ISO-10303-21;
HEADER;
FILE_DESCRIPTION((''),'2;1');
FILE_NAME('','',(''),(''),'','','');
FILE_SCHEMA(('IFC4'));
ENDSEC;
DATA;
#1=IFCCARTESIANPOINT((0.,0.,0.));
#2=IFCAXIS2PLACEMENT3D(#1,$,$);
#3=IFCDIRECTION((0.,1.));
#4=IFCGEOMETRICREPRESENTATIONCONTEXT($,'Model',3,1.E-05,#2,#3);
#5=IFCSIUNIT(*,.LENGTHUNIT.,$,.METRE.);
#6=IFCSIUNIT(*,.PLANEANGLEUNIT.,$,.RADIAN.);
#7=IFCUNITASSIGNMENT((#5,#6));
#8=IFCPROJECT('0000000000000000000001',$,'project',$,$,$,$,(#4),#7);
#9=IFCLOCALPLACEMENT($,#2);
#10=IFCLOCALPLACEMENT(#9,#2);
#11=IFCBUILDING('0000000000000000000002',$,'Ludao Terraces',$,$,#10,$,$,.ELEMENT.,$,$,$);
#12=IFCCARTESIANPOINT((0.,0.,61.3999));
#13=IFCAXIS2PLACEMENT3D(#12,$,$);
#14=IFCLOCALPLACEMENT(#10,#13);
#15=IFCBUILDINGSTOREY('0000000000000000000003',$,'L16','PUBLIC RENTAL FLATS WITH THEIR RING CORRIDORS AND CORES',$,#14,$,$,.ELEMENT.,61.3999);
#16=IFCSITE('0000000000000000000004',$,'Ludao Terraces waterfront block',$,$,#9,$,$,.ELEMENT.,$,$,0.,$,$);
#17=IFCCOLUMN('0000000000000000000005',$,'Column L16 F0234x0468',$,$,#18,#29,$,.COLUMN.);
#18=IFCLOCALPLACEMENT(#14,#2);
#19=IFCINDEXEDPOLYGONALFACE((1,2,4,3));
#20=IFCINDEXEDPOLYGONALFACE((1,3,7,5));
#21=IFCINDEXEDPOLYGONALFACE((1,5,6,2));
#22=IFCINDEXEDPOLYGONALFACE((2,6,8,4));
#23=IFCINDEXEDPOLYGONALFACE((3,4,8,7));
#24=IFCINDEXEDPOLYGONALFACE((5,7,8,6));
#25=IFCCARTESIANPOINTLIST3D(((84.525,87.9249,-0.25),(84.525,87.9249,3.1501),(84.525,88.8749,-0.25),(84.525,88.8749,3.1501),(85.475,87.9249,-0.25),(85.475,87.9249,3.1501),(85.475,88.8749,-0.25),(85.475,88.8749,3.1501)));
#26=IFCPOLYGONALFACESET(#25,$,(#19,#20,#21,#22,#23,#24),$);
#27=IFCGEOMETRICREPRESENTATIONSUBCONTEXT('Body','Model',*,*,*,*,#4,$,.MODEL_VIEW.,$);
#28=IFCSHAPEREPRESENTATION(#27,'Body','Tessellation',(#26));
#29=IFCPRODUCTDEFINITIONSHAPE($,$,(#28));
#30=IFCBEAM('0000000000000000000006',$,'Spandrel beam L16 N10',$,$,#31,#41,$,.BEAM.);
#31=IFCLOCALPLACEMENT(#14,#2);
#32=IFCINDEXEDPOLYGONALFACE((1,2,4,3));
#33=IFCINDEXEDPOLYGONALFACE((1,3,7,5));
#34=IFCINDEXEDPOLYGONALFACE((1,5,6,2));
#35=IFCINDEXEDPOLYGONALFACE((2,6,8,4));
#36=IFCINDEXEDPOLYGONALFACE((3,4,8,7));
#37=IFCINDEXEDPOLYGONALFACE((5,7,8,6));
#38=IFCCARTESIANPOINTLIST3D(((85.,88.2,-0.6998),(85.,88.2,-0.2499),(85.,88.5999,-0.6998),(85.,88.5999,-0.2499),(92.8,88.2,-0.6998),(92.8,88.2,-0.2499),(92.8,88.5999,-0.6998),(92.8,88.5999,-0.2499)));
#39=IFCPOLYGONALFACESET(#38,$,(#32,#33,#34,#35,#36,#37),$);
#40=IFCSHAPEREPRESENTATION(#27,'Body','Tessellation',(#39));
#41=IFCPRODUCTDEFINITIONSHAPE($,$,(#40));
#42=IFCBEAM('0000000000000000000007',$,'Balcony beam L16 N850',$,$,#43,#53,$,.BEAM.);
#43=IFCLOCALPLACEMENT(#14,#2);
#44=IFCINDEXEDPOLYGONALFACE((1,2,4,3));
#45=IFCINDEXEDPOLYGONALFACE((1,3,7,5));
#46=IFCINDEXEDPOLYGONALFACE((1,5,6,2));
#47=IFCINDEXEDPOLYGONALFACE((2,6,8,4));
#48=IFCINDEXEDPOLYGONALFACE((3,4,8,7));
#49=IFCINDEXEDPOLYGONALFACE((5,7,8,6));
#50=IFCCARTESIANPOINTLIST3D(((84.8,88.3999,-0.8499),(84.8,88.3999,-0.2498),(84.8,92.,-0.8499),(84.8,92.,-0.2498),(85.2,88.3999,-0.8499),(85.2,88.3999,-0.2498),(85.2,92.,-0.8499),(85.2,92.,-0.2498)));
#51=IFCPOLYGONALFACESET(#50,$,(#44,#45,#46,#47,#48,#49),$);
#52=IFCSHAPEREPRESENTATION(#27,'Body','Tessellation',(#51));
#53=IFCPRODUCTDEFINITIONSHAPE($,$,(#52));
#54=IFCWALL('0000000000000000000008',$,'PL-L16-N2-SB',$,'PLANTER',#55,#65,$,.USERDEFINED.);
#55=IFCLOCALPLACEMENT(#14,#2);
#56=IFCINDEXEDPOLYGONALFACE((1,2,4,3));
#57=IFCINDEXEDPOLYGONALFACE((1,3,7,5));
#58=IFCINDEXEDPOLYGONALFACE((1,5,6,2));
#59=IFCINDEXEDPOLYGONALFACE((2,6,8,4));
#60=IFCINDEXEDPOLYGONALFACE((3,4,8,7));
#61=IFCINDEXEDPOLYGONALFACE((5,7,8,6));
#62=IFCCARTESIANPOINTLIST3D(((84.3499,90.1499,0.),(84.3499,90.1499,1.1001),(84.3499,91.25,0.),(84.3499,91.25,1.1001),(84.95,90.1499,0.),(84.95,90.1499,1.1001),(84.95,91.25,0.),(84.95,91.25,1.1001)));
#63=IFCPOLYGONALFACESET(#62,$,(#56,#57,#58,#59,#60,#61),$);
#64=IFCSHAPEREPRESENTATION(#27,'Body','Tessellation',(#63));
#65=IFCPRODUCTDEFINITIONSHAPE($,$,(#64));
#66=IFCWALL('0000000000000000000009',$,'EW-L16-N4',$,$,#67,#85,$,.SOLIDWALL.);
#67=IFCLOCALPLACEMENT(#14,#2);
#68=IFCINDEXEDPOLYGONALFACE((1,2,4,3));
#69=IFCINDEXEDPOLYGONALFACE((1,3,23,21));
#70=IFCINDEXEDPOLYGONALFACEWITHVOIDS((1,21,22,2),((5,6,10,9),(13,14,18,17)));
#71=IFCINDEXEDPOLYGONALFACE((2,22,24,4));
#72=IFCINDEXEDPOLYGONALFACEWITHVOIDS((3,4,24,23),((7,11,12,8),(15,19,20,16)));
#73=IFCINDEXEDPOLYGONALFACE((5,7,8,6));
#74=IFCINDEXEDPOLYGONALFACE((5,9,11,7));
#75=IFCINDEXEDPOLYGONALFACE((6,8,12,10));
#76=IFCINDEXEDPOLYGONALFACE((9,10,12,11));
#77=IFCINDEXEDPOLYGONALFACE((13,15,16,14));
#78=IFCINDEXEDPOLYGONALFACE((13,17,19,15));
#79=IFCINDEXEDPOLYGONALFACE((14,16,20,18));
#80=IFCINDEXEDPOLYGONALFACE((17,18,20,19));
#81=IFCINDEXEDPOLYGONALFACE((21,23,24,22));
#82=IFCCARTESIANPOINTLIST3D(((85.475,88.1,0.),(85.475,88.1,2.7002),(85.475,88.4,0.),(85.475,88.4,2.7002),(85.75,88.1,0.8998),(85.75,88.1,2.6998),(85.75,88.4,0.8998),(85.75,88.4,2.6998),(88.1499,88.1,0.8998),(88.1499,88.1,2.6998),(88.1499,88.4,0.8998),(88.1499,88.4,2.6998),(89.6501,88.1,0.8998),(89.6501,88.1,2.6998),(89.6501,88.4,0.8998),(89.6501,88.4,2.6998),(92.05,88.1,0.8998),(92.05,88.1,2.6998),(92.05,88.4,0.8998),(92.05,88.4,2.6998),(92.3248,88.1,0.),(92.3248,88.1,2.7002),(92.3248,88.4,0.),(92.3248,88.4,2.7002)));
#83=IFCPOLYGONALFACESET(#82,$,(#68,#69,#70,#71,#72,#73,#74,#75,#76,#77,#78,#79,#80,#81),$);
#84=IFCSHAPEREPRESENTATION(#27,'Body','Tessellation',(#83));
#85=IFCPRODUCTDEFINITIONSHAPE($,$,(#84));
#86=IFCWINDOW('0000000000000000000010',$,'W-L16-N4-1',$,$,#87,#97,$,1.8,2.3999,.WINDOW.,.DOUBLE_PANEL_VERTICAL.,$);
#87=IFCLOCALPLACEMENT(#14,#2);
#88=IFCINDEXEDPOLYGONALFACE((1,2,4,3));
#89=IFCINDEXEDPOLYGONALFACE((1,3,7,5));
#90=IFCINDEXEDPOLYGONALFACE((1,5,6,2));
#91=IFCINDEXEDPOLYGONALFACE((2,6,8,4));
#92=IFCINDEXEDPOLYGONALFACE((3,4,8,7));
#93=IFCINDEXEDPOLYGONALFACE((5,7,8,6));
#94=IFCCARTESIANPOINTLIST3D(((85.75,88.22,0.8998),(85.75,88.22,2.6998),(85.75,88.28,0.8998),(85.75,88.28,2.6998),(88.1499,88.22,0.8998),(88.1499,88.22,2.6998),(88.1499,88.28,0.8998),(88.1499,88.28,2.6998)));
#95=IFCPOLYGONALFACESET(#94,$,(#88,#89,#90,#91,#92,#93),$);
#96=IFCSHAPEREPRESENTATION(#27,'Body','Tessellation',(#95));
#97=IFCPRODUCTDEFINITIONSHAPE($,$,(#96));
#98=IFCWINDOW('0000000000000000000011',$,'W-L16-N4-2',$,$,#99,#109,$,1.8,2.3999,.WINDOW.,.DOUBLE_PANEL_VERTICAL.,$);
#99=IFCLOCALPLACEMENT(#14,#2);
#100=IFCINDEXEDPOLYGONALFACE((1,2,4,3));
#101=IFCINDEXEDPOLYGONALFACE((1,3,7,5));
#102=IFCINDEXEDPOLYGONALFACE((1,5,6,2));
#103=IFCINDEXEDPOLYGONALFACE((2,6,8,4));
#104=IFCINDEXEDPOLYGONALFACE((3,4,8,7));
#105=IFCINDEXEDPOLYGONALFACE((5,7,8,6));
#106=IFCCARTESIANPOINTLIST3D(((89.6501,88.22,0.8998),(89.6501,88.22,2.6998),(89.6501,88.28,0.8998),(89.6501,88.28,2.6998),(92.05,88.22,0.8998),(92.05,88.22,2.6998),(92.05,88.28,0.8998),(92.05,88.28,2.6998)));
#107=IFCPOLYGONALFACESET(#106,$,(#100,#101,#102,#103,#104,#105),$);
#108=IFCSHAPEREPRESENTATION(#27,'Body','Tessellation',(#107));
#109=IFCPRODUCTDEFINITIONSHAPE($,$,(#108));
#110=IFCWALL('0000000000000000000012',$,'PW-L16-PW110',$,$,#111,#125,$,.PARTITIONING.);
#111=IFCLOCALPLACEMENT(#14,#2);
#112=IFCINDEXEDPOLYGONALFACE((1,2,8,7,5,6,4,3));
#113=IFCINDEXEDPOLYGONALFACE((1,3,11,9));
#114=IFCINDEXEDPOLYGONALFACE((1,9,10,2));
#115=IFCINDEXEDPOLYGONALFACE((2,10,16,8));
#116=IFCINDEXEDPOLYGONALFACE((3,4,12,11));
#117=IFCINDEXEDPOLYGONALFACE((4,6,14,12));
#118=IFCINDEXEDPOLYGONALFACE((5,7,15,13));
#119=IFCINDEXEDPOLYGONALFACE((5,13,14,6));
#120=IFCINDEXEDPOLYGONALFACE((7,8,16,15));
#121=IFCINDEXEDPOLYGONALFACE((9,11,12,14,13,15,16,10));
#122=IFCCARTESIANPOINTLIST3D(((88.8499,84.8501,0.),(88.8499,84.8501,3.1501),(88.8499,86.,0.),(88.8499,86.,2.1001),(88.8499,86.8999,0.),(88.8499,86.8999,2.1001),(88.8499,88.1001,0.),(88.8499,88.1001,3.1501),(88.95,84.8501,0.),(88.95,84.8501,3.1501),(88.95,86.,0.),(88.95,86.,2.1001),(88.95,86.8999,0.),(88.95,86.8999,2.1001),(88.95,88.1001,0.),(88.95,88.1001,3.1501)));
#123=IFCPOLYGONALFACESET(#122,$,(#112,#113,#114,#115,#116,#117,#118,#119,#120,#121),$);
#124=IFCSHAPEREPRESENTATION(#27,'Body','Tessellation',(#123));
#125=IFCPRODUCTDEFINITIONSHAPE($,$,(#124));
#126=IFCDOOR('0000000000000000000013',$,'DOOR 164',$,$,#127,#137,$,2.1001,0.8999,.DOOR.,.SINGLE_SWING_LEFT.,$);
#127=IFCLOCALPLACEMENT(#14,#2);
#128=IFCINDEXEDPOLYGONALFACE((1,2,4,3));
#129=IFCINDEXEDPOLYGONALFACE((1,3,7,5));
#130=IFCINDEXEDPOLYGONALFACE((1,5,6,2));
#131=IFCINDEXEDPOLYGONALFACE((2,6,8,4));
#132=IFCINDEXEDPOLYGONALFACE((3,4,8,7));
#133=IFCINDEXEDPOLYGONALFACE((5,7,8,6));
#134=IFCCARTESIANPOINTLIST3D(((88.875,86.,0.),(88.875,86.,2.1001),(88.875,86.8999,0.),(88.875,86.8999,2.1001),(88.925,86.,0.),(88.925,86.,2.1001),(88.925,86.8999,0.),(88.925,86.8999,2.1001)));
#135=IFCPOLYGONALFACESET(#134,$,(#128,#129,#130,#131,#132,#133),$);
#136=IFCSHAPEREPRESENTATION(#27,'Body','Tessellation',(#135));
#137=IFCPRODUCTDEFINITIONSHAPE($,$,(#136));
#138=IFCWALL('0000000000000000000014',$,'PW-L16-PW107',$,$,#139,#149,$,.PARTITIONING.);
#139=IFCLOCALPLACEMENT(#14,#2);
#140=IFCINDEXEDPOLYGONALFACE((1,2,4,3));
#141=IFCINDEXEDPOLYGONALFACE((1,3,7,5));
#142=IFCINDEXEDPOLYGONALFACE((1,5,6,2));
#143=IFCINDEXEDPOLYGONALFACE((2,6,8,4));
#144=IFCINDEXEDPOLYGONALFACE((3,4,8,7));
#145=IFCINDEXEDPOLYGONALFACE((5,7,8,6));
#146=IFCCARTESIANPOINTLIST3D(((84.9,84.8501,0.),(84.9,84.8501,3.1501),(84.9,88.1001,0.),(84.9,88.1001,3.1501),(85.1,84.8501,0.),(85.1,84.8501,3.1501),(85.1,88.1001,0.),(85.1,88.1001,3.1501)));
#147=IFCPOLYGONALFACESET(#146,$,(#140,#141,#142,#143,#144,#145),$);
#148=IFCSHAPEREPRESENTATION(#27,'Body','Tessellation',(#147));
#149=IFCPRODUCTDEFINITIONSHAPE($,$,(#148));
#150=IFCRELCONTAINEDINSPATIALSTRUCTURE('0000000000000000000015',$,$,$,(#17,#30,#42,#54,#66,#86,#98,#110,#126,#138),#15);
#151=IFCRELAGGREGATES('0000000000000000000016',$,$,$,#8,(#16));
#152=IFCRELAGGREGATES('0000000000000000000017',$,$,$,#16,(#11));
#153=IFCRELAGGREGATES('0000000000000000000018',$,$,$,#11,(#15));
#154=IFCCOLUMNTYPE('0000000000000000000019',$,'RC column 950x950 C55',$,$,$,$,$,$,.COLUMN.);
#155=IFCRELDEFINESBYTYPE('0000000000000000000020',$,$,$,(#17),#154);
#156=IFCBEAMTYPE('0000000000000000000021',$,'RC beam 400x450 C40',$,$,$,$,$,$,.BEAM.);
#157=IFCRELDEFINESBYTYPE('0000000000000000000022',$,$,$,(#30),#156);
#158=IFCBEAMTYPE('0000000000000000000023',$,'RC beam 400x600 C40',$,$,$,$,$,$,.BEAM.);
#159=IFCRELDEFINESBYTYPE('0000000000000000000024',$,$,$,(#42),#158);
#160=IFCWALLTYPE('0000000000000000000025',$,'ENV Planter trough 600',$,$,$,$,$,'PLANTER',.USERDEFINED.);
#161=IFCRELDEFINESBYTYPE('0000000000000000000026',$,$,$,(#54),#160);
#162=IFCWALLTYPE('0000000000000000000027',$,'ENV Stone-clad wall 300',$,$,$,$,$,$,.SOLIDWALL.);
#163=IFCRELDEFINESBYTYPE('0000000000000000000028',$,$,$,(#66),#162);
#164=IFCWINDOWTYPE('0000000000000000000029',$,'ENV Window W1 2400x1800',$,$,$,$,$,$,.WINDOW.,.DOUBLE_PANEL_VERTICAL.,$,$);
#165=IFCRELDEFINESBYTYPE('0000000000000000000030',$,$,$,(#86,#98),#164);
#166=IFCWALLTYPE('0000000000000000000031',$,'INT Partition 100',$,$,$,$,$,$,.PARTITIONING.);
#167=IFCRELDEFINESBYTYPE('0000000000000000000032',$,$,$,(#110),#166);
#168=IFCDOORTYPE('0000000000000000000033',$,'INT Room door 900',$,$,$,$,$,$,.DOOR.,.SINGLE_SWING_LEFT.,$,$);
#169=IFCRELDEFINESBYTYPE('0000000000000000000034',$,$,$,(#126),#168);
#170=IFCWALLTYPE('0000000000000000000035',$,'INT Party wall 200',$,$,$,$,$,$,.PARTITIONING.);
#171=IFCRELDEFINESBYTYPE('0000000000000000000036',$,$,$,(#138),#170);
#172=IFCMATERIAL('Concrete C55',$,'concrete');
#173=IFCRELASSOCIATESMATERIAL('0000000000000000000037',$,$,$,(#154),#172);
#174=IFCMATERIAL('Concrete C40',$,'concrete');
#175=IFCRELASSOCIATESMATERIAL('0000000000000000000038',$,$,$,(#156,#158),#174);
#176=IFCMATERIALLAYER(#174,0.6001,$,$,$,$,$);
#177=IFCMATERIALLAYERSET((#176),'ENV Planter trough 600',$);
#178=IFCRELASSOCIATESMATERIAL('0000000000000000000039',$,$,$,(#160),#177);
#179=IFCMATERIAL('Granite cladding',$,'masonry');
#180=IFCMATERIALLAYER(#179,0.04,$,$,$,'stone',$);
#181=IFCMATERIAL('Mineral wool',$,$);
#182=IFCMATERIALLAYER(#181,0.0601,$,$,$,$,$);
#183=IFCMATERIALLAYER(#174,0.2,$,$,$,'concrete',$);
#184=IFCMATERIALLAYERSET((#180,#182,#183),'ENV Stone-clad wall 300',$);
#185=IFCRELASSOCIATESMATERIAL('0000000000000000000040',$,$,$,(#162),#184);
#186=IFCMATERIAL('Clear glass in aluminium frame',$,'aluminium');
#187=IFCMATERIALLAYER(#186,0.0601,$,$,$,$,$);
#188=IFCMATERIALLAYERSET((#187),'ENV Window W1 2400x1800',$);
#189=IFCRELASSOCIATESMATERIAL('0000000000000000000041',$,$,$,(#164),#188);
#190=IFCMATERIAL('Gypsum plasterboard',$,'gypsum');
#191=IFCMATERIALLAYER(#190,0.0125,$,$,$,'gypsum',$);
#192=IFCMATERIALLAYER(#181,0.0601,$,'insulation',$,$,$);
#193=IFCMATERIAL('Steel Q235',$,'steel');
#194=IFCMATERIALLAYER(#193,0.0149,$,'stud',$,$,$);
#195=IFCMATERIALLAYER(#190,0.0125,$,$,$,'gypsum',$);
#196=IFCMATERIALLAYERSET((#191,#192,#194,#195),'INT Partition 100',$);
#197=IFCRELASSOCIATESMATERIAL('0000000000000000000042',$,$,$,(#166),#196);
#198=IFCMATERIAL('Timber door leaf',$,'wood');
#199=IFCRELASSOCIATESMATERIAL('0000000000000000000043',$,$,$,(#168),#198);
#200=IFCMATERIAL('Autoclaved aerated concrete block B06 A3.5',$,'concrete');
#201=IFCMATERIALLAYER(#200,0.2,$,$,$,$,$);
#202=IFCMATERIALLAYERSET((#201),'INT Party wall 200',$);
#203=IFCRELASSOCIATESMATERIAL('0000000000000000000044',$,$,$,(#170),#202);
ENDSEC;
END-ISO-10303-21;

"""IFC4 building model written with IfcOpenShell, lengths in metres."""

from ifc_helpers import new_model, si_unit, direction, frame, frame_2d, origin, origin_2d, place, context, subcontext, project, spatial, rectangle, extrude, material, layer, layer_set, material_profile, profile_set, type_object, element, fill, save


model = new_model("IFC4")

# Units and contexts
model_context = context("Model", 3, precision=1e-05, world=origin(), true_north=direction((0.0, 1.0)))
body_context = subcontext(model_context, "Body", "Model", "MODEL_VIEW")
ifc_project = project(units=[si_unit("LENGTHUNIT", "METRE"), si_unit("PLANEANGLEUNIT", "RADIAN")], contexts=[model_context])

# Site, building, storey
site_placement = place(None, origin())
site = spatial("IfcSite", under=ifc_project, at=site_placement, Name="Ludao Terraces waterfront block", CompositionType="ELEMENT", RefElevation=0.0)
building_placement = place(site_placement, origin())
building = spatial("IfcBuilding", under=site, at=building_placement, Name="Ludao Terraces", CompositionType="ELEMENT")
storey_placement = place(building_placement, frame((0.0, 0.0, 61.3999)))
storey = spatial("IfcBuildingStorey", under=building, at=storey_placement, Name="L16", Description="PUBLIC RENTAL FLATS WITH THEIR RING CORRIDORS AND CORES", CompositionType="ELEMENT", Elevation=61.3999)

# Column
ifc_material_1 = material(Name="Concrete C55", Category="concrete")
ifc_material_profile_1 = material_profile(ifc_material_1, rectangle(XDim=0.95, YDim=0.95, at=origin_2d()), Name="950 X 950")
ifc_profile_set_1 = profile_set([ifc_material_profile_1], Name="Concrete C55")
column_type = type_object("IfcColumnType", Name="RC column 950x950 C55", PredefinedType="COLUMN", material=ifc_profile_set_1)
column_placement = place(storey_placement, frame((85.0, 88.3999, -0.25), z_axis=(0.0, 0.0, 1.0), x_axis=(1.0, 0.0, 0.0)))
element("IfcColumn", 1, at=column_placement, inside=storey, type_object=column_type, Name="Column L16 F0234x0468", PredefinedType="COLUMN", context=body_context, shape_type="SweptSolid", body=[
    extrude(rectangle(XDim=0.95, YDim=0.95, at=origin_2d()), origin(), (0.0, 0.0, 1.0), 3.4001),
])

# Beams
ifc_material_2 = material(Name="Concrete C40", Category="concrete")
ifc_material_profile_2 = material_profile(ifc_material_2, rectangle(XDim=0.3999, YDim=0.45, at=origin_2d()), Name="400 X 450")
ifc_profile_set_2 = profile_set([ifc_material_profile_2], Name="Concrete C40")
beam_type_1 = type_object("IfcBeamType", Name="RC beam 400x450 C40", PredefinedType="BEAM", material=ifc_profile_set_2)
beam_1_placement = place(storey_placement, frame((85.0, 88.3999, -0.4749), z_axis=(1.0, 0.0, 0.0), x_axis=(0.0, 1.0, 0.0)))
element("IfcBeam", 2, at=beam_1_placement, inside=storey, type_object=beam_type_1, Name="Spandrel beam L16 N10", PredefinedType="BEAM", context=body_context, shape_type="SweptSolid", body=[
    extrude(rectangle(XDim=0.3999, YDim=0.45, at=origin_2d()), origin(), (0.0, 0.0, 1.0), 7.8),
])
ifc_material_profile_3 = material_profile(ifc_material_2, rectangle(XDim=0.3999, YDim=0.6001, at=origin_2d()), Name="400 X 600")
ifc_profile_set_3 = profile_set([ifc_material_profile_3], Name="Concrete C40")
beam_type_2 = type_object("IfcBeamType", Name="RC beam 400x600 C40", PredefinedType="BEAM", material=ifc_profile_set_3)
beam_2_placement = place(storey_placement, frame((85.0, 88.3999, -0.5498), z_axis=(0.0, 1.0, 0.0), x_axis=(-1.0, 0.0, 0.0)))
element("IfcBeam", 3, at=beam_2_placement, inside=storey, type_object=beam_type_2, Name="Balcony beam L16 N850", PredefinedType="BEAM", context=body_context, shape_type="SweptSolid", body=[
    extrude(rectangle(XDim=0.3999, YDim=0.6001, at=origin_2d()), origin(), (0.0, 0.0, 1.0), 3.6001),
])

# Wall
ifc_layer_1 = layer(ifc_material_2, 0.6001)
ifc_layer_set_1 = layer_set([ifc_layer_1], Name="ENV Planter trough 600")
wall_type_1 = type_object("IfcWallType", Name="ENV Planter trough 600", ElementType="PLANTER", PredefinedType="USERDEFINED", material=ifc_layer_set_1)
wall_1_placement = place(storey_placement, frame((84.6499, 91.25, 0.0), z_axis=(0.0, 0.0, 1.0), x_axis=(0.0, -1.0, 0.0)))
element("IfcWall", 4, at=wall_1_placement, inside=storey, type_object=wall_type_1, Name="PL-L16-N2-SB", ObjectType="PLANTER", PredefinedType="USERDEFINED", context=body_context, shape_type="SweptSolid", body=[
    extrude(rectangle(XDim=1.1001, YDim=0.6001, at=frame_2d((0.55, 0.0))), origin(), (0.0, 0.0, 1.0), 1.1001),
])

# Wall, openings, windows
ifc_material_3 = material(Name="Granite cladding", Category="masonry")
ifc_layer_2 = layer(ifc_material_3, 0.04, Category="stone")
ifc_material_4 = material(Name="Mineral wool")
ifc_layer_3 = layer(ifc_material_4, 0.0601)
ifc_layer_4 = layer(ifc_material_2, 0.2, Category="concrete")
ifc_layer_set_2 = layer_set([ifc_layer_2, ifc_layer_3, ifc_layer_4], Name="ENV Stone-clad wall 300")
wall_type_2 = type_object("IfcWallType", Name="ENV Stone-clad wall 300", PredefinedType="SOLIDWALL", material=ifc_layer_set_2)
wall_2_placement = place(storey_placement, frame((85.4751, 88.25, 0.0), z_axis=(0.0, 0.0, 1.0), x_axis=(1.0, 0.0, 0.0)))
wall_2 = element("IfcWall", 5, at=wall_2_placement, inside=storey, type_object=wall_type_2, Name="EW-L16-N4", PredefinedType="SOLIDWALL", context=body_context, shape_type="SweptSolid", body=[
    extrude(rectangle(XDim=6.8499, YDim=0.3, at=frame_2d((3.4248, 0.0))), origin(), (0.0, 0.0, 1.0), 2.7002),
])
opening_1_placement = place(wall_2_placement, frame((0.2749, 0.0, 0.8999)))
opening_1 = element("IfcOpeningElement", 6, at=opening_1_placement, cuts=wall_2, PredefinedType="OPENING", context=body_context, shape_type="SweptSolid", body=[
    extrude(rectangle(XDim=2.3999, YDim=1.8, at=frame_2d((1.2, 0.8999))), frame((0.0, 0.1602, 0.0), z_axis=(0.0, -1.0, 0.0), x_axis=(1.0, 0.0, 0.0)), (0.0, 0.0, 1.0), 0.3201),
])
opening_2_placement = place(wall_2_placement, frame((4.175, 0.0, 0.8999)))
opening_2 = element("IfcOpeningElement", 7, at=opening_2_placement, cuts=wall_2, PredefinedType="OPENING", context=body_context, shape_type="SweptSolid", body=[
    extrude(rectangle(XDim=2.3999, YDim=1.8, at=frame_2d((1.2, 0.8999))), frame((0.0, 0.1602, 0.0), z_axis=(0.0, -1.0, 0.0), x_axis=(1.0, 0.0, 0.0)), (0.0, 0.0, 1.0), 0.3201),
])
ifc_material_5 = material(Name="Clear glass in aluminium frame", Category="aluminium")
ifc_layer_5 = layer(ifc_material_5, 0.0601)
ifc_layer_set_3 = layer_set([ifc_layer_5], Name="ENV Window W1 2400x1800")
window_type = type_object("IfcWindowType", Name="ENV Window W1 2400x1800", PartitioningType="DOUBLE_PANEL_VERTICAL", PredefinedType="WINDOW", material=ifc_layer_set_3)
window_1_placement = place(opening_1_placement, origin())
window_1 = element("IfcWindow", 8, at=window_1_placement, inside=storey, type_object=window_type, Name="W-L16-N4-1", OverallHeight=1.8, OverallWidth=2.3999, PartitioningType="DOUBLE_PANEL_VERTICAL", PredefinedType="WINDOW", context=body_context, shape_type="SweptSolid", body=[
    extrude(rectangle(XDim=2.3999, YDim=1.8, at=frame_2d((1.2, 0.8999))), frame((0.0, 0.03, 0.0), z_axis=(0.0, -1.0, 0.0), x_axis=(1.0, 0.0, 0.0)), (0.0, 0.0, 1.0), 0.0601),
])
fill(opening_1, window_1)
window_2_placement = place(opening_2_placement, origin())
window_2 = element("IfcWindow", 9, at=window_2_placement, inside=storey, type_object=window_type, Name="W-L16-N4-2", OverallHeight=1.8, OverallWidth=2.3999, PartitioningType="DOUBLE_PANEL_VERTICAL", PredefinedType="WINDOW", context=body_context, shape_type="SweptSolid", body=[
    extrude(rectangle(XDim=2.3999, YDim=1.8, at=frame_2d((1.2, 0.8999))), frame((0.0, 0.03, 0.0), z_axis=(0.0, -1.0, 0.0), x_axis=(1.0, 0.0, 0.0)), (0.0, 0.0, 1.0), 0.0601),
])
fill(opening_2, window_2)

# Wall, opening, door
ifc_material_6 = material(Name="Gypsum plasterboard", Category="gypsum")
ifc_layer_6 = layer(ifc_material_6, 0.0125, Category="gypsum")
ifc_layer_7 = layer(ifc_material_4, 0.0601, Name="insulation")
ifc_material_7 = material(Name="Steel Q235", Category="steel")
ifc_layer_8 = layer(ifc_material_7, 0.0149, Name="stud")
ifc_layer_9 = layer(ifc_material_6, 0.0125, Category="gypsum")
ifc_layer_set_4 = layer_set([ifc_layer_6, ifc_layer_7, ifc_layer_8, ifc_layer_9], Name="INT Partition 100")
wall_type_3 = type_object("IfcWallType", Name="INT Partition 100", PredefinedType="PARTITIONING", material=ifc_layer_set_4)
wall_3_placement = place(storey_placement, frame((88.8999, 84.8501, 0.0), z_axis=(0.0, 0.0, 1.0), x_axis=(0.0, 1.0, 0.0)))
wall_3 = element("IfcWall", 10, at=wall_3_placement, inside=storey, type_object=wall_type_3, Name="PW-L16-PW110", PredefinedType="PARTITIONING", context=body_context, shape_type="SweptSolid", body=[
    extrude(rectangle(XDim=3.25, YDim=0.1001, at=frame_2d((1.625, 0.0))), origin(), (0.0, 0.0, 1.0), 3.1501),
])
opening_3_placement = place(wall_3_placement, frame((1.1499, 0.0, 0.0)))
opening_3 = element("IfcOpeningElement", 11, at=opening_3_placement, cuts=wall_3, PredefinedType="OPENING", context=body_context, shape_type="SweptSolid", body=[
    extrude(rectangle(XDim=0.8999, YDim=2.1001, at=frame_2d((0.45, 1.05))), frame((0.0, 0.0601, 0.0), z_axis=(0.0, -1.0, 0.0), x_axis=(1.0, 0.0, 0.0)), (0.0, 0.0, 1.0), 0.1201),
])
ifc_material_8 = material(Name="Timber door leaf", Category="wood")
door_type_1 = type_object("IfcDoorType", Name="INT Room door 900", OperationType="SINGLE_SWING_LEFT", PredefinedType="DOOR", material=ifc_material_8)
door_1_placement = place(opening_3_placement, origin())
door_1 = element("IfcDoor", 12, at=door_1_placement, inside=storey, type_object=door_type_1, Name="DOOR 164", OperationType="SINGLE_SWING_LEFT", OverallHeight=2.1001, OverallWidth=0.8999, PredefinedType="DOOR", context=body_context, shape_type="SweptSolid", body=[
    extrude(rectangle(XDim=0.8999, YDim=2.1001, at=frame_2d((0.45, 1.05))), frame((0.0, 0.0249, 0.0), z_axis=(0.0, -1.0, 0.0), x_axis=(1.0, 0.0, 0.0)), (0.0, 0.0, 1.0), 0.05),
])
fill(opening_3, door_1)

# Wall
ifc_material_9 = material(Name="Autoclaved aerated concrete block B06 A3.5", Category="concrete")
ifc_layer_10 = layer(ifc_material_9, 0.2)
ifc_layer_set_5 = layer_set([ifc_layer_10], Name="INT Party wall 200")
wall_type_4 = type_object("IfcWallType", Name="INT Party wall 200", PredefinedType="PARTITIONING", material=ifc_layer_set_5)
wall_4_placement = place(storey_placement, frame((85.0, 84.8501, 0.0), z_axis=(0.0, 0.0, 1.0), x_axis=(0.0, 1.0, 0.0)))
element("IfcWall", 13, at=wall_4_placement, inside=storey, type_object=wall_type_4, Name="PW-L16-PW107", PredefinedType="PARTITIONING", context=body_context, shape_type="SweptSolid", body=[
    extrude(rectangle(XDim=3.25, YDim=0.2, at=frame_2d((1.625, 0.0))), origin(), (0.0, 0.0, 1.0), 3.1501),
])

save(model, "model.ifc")
